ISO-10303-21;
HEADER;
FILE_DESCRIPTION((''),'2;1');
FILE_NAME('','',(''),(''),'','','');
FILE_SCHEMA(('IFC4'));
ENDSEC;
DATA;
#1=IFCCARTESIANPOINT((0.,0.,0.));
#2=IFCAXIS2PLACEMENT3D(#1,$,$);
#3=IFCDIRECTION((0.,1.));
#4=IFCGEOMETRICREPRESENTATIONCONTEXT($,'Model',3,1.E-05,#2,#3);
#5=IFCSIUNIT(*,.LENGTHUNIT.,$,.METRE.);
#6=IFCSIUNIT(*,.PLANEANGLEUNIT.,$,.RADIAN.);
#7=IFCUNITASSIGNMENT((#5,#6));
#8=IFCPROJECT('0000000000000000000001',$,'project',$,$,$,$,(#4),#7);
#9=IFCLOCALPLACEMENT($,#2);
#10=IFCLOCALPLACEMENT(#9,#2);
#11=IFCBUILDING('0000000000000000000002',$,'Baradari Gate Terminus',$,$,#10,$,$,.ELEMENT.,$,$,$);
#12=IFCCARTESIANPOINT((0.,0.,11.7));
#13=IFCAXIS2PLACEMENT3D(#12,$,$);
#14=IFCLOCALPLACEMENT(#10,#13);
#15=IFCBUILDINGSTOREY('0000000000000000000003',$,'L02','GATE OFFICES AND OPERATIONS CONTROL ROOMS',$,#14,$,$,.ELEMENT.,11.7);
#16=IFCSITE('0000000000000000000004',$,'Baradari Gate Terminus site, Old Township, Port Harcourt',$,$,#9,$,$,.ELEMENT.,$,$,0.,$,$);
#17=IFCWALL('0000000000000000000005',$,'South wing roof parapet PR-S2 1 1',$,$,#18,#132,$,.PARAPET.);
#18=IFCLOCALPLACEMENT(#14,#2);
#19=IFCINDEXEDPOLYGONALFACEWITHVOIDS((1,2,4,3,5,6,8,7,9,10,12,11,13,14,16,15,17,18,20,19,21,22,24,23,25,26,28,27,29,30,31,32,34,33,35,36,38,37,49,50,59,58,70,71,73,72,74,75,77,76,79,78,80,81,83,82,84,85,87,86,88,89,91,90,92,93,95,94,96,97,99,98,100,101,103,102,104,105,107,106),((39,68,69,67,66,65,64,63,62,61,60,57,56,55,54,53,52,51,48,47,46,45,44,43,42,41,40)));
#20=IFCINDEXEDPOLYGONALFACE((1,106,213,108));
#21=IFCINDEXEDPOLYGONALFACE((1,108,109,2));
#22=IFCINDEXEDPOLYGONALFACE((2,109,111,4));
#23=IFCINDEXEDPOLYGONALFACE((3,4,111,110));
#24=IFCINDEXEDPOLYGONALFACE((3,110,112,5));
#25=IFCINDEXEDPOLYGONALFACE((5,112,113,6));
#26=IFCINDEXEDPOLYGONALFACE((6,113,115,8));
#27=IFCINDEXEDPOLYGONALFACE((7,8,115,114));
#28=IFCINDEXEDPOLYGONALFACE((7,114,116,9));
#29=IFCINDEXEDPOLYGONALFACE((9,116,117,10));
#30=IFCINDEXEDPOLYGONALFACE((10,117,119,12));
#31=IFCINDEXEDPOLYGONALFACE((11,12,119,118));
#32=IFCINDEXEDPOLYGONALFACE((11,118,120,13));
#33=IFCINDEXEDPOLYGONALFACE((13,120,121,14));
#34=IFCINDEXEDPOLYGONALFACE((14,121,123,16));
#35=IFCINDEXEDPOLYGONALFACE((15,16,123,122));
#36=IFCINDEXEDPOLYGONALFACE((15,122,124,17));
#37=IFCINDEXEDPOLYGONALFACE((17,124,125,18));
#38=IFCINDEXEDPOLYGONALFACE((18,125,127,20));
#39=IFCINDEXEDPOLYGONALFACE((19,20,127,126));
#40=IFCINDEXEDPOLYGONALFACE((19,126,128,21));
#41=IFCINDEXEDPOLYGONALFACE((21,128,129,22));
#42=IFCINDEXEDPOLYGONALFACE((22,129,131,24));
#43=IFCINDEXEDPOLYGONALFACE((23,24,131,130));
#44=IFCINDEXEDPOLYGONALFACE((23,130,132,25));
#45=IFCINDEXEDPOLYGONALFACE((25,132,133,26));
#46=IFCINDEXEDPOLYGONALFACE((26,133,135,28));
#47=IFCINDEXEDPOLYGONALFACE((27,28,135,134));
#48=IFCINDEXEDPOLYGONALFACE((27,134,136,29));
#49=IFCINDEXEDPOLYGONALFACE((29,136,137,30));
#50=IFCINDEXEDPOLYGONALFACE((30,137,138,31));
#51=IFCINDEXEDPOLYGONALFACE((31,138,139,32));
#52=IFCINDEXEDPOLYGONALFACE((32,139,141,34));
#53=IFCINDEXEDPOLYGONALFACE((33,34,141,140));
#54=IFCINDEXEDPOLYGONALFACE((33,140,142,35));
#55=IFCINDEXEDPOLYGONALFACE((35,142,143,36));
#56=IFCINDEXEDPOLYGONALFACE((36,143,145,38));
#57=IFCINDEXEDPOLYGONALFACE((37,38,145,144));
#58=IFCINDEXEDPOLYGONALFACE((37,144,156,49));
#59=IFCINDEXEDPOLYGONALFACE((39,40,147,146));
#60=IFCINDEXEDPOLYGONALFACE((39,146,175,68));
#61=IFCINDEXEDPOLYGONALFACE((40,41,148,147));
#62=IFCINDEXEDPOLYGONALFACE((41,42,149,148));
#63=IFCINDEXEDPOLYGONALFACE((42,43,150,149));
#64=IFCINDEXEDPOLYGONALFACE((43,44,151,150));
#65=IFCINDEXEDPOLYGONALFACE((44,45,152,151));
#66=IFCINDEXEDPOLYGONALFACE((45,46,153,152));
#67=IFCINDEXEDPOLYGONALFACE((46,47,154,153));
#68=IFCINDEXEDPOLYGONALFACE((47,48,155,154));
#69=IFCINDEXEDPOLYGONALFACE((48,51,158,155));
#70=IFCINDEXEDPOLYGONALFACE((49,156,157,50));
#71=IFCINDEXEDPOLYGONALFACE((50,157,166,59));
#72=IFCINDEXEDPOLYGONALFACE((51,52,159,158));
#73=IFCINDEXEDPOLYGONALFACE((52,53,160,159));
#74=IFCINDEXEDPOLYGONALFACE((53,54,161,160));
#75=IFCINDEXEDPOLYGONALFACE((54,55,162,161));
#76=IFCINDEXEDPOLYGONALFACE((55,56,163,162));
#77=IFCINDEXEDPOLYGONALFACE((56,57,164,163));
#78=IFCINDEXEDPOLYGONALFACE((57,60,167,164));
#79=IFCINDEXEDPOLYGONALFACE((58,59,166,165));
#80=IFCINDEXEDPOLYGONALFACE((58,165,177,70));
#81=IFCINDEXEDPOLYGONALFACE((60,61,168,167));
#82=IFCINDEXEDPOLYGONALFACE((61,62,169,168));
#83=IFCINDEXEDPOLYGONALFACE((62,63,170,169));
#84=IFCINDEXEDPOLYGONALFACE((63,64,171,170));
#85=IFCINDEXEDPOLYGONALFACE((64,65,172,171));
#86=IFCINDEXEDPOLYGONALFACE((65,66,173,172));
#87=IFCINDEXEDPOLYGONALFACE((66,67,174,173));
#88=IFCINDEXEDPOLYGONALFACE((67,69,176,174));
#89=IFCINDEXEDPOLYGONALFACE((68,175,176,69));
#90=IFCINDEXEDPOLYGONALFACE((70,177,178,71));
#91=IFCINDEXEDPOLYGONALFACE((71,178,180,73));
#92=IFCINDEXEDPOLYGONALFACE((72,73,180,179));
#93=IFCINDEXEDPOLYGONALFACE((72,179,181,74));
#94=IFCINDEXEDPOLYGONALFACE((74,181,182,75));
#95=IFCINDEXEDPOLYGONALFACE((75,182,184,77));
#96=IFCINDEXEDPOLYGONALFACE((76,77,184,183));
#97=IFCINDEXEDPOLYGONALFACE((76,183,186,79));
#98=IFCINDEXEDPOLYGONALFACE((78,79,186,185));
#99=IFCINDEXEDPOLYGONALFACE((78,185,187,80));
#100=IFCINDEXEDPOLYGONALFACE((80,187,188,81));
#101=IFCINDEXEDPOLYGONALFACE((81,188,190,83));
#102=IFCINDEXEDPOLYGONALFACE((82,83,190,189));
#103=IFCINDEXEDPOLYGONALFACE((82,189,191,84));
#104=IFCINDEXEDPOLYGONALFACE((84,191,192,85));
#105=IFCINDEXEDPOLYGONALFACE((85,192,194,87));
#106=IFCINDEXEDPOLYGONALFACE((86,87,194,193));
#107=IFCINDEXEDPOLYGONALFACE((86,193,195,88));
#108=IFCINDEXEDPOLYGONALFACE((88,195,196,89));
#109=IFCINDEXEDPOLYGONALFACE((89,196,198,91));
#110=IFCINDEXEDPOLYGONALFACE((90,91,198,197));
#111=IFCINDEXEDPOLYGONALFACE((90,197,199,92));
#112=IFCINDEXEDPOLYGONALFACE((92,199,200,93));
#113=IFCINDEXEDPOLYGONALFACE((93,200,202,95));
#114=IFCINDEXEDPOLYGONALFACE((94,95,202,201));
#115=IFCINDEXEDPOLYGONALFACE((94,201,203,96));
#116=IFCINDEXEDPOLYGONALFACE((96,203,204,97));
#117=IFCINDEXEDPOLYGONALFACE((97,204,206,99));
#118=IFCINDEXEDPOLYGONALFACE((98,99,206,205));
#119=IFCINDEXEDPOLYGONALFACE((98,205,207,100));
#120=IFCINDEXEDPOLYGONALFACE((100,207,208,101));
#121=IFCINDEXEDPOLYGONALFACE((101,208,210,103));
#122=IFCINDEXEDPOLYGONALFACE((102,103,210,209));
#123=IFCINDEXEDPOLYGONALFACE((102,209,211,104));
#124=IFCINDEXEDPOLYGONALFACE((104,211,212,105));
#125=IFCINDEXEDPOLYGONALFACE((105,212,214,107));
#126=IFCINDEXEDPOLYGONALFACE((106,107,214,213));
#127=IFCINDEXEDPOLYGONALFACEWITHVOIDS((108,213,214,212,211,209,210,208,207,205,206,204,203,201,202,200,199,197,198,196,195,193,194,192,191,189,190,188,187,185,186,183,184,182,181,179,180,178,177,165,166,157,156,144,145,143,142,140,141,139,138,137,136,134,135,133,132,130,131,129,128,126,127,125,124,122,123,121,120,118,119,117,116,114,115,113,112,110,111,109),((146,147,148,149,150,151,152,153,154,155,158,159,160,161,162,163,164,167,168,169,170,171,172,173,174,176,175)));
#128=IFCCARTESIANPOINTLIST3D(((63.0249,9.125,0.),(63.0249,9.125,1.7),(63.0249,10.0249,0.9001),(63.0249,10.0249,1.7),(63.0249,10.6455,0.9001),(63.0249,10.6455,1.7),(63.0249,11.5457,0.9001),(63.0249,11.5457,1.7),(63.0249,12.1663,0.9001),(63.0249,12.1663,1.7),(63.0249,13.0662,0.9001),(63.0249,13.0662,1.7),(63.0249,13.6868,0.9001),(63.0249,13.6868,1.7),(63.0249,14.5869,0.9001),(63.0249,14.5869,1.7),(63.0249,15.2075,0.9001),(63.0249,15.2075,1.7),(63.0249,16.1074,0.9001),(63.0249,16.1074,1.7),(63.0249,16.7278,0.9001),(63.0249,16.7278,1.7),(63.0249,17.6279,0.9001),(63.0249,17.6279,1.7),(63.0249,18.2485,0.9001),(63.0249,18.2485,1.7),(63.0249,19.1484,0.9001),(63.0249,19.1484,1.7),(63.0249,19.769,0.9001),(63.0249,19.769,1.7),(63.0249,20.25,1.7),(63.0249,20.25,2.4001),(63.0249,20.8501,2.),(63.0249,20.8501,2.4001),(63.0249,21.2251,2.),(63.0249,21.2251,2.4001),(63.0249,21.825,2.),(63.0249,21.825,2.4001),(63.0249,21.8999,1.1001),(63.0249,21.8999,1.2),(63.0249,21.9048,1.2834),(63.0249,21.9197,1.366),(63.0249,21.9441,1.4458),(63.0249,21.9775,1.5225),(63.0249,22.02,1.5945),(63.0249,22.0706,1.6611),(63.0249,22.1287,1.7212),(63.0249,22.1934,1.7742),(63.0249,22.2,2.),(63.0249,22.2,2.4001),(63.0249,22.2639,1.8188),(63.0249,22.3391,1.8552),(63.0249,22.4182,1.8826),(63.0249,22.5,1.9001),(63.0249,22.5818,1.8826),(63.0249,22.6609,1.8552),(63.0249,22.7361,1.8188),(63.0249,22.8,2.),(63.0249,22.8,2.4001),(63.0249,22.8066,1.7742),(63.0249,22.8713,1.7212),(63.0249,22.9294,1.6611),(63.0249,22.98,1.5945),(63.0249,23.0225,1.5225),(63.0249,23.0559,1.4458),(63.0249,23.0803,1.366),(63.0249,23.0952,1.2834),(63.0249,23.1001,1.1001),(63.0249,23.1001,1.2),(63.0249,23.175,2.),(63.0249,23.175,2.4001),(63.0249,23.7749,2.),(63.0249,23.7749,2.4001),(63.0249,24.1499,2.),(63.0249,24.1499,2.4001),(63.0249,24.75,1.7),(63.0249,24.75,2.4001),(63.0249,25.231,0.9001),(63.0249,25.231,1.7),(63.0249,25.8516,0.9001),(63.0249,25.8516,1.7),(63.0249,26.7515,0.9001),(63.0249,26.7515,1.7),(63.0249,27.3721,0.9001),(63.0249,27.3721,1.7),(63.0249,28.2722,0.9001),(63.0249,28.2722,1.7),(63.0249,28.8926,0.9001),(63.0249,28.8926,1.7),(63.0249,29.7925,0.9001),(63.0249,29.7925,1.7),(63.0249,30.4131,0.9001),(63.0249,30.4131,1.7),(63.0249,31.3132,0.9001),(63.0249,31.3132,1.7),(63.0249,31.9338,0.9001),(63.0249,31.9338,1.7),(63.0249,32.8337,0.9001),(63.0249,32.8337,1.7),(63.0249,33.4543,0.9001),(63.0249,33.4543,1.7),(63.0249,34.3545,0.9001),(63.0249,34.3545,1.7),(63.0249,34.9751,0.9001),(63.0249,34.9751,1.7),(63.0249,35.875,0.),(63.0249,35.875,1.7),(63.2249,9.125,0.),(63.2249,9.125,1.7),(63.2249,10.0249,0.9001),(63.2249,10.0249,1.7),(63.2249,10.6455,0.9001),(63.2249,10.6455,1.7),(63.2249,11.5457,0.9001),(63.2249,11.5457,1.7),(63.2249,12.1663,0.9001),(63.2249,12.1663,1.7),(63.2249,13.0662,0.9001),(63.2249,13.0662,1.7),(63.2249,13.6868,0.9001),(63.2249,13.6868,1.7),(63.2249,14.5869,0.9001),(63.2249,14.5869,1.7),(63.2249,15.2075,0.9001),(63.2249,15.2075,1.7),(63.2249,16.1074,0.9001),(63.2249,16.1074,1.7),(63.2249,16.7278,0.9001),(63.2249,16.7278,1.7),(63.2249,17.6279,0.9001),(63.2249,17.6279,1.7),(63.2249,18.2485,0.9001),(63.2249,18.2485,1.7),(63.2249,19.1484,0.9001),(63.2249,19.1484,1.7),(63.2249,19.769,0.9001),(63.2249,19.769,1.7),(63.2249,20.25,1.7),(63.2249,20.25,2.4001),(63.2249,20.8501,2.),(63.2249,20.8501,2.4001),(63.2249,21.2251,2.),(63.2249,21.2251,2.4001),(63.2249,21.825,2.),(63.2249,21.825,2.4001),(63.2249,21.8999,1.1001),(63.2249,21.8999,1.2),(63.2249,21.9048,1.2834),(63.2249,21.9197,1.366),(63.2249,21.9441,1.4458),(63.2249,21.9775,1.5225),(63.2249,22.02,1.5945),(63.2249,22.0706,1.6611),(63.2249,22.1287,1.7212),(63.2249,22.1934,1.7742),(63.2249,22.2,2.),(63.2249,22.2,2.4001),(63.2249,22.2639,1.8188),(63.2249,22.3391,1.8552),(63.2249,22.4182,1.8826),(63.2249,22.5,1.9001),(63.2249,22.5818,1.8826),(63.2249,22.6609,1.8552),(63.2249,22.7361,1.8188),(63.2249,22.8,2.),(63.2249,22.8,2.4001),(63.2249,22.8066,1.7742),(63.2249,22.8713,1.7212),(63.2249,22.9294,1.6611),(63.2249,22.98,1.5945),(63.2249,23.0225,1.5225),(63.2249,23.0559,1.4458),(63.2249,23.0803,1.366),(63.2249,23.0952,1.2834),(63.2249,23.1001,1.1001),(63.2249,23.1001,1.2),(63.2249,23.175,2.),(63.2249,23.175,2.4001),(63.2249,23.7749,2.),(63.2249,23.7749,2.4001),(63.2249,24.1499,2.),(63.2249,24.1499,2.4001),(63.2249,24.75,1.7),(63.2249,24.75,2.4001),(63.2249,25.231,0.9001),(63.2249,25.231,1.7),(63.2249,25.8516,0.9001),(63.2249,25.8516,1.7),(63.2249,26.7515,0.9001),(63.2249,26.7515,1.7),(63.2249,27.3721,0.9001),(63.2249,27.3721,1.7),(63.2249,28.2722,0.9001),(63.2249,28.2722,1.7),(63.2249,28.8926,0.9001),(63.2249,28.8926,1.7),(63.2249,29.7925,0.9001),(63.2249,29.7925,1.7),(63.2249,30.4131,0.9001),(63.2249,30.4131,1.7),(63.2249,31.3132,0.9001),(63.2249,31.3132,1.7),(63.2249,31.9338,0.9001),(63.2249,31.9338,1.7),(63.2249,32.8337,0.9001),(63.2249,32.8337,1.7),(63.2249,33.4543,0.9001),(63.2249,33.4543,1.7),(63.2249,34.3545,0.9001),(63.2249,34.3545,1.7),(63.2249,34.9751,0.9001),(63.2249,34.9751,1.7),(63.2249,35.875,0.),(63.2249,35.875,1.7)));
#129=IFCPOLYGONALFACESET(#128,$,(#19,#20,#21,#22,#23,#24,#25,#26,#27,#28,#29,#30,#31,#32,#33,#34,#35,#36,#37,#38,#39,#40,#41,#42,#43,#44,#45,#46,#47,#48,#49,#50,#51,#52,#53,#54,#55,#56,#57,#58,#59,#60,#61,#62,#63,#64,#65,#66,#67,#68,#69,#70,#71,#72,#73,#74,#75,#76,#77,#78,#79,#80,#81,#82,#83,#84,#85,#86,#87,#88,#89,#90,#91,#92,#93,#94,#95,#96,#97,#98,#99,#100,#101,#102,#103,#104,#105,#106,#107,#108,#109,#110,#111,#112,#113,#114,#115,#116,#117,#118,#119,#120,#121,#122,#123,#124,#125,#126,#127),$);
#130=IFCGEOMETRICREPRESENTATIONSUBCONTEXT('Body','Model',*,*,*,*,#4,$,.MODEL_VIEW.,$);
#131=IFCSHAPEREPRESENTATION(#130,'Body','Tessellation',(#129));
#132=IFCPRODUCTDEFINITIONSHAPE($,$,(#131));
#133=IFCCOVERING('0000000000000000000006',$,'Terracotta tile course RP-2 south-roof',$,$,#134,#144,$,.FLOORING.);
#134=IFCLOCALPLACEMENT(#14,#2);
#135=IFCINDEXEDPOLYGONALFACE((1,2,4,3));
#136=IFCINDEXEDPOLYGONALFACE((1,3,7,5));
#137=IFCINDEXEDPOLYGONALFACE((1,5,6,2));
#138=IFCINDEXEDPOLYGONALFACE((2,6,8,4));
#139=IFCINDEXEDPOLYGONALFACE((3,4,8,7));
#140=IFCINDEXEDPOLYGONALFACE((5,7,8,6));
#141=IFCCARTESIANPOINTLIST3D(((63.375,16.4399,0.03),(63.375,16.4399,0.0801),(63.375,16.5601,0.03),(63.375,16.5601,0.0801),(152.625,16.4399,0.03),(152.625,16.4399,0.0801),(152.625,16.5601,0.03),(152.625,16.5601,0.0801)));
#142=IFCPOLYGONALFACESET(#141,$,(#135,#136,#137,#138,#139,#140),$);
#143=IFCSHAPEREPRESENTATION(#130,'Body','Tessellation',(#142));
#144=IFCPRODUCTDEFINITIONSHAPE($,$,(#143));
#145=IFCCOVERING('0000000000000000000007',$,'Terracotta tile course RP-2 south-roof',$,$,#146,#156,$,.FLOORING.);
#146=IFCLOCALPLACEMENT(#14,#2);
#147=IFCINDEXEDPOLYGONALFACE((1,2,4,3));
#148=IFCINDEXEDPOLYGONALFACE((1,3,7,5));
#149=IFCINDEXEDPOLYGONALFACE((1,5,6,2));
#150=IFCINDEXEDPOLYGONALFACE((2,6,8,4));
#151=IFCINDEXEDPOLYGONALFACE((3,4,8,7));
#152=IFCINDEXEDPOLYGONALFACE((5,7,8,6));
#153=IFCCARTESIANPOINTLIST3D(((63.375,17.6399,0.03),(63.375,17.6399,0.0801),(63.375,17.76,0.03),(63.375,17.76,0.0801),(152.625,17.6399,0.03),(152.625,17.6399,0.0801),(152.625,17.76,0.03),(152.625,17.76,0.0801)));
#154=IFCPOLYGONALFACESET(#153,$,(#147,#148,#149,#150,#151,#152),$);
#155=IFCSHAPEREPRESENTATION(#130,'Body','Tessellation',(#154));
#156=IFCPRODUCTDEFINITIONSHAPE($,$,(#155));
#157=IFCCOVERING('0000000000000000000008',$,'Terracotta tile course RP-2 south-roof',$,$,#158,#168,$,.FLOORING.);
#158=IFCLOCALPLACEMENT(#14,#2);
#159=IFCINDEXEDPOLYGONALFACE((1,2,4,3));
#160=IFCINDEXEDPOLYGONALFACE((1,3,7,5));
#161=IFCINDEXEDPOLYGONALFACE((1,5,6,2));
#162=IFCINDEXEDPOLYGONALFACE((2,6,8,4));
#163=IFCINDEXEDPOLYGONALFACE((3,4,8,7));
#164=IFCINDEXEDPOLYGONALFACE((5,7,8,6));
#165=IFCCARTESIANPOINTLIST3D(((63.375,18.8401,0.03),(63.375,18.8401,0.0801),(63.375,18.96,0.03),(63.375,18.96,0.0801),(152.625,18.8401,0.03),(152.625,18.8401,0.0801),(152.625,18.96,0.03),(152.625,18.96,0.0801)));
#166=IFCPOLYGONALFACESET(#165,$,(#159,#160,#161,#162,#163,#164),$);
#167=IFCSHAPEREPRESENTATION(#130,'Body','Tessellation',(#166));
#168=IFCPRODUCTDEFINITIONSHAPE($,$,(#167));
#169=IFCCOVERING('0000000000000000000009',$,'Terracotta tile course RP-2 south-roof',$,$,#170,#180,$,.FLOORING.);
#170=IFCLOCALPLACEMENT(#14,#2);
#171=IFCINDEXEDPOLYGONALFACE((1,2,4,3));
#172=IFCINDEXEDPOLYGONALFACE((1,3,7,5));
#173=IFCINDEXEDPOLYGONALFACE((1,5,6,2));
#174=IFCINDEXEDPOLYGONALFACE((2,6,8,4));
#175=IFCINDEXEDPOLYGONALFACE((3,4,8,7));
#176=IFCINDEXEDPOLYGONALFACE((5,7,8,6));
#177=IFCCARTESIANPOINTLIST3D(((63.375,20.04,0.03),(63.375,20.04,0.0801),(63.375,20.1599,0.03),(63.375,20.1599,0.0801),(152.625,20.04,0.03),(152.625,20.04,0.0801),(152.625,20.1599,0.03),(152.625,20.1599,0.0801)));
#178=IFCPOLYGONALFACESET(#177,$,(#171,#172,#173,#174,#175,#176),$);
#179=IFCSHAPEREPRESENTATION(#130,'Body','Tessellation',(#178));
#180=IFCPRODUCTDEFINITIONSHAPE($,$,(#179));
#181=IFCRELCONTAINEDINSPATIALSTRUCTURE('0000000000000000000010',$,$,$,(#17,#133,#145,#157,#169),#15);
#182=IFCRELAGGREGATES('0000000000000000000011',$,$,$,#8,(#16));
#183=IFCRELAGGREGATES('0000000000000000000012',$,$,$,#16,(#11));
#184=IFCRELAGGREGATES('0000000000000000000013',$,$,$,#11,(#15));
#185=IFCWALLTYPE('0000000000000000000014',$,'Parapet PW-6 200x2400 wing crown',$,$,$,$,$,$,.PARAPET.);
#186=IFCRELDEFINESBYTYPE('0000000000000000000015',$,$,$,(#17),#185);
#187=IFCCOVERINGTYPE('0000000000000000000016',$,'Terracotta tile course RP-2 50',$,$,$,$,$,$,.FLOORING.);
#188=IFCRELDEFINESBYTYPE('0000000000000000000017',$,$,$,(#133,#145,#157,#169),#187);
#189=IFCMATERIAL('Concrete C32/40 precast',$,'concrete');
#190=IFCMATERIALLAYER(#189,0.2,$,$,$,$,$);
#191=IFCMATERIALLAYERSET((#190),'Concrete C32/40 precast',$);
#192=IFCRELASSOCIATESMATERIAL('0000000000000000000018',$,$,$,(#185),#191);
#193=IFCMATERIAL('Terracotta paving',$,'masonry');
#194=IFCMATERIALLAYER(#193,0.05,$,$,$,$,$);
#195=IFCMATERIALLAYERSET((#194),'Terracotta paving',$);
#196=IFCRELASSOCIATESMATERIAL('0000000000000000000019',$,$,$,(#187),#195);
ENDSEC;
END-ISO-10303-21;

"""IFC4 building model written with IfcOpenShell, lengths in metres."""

from ifc_helpers import new_model, si_unit, direction, frame, origin, place, context, subcontext, project, spatial, polyline, outline, extrude, material, layer, layer_set, type_object, element, save


model = new_model("IFC4")

# Units and contexts
model_context = context("Model", 3, precision=1e-05, world=origin(), true_north=direction((0.0, 1.0)))
body_context = subcontext(model_context, "Body", "Model", "MODEL_VIEW")
ifc_project = project(units=[si_unit("LENGTHUNIT", "METRE"), si_unit("PLANEANGLEUNIT", "RADIAN")], contexts=[model_context])

# Site, building, storey
site_placement = place(None, origin())
site = spatial("IfcSite", under=ifc_project, at=site_placement, Name="Baradari Gate Terminus site, Old Township, Port Harcourt", CompositionType="ELEMENT", RefElevation=0.0)
building_placement = place(site_placement, origin())
building = spatial("IfcBuilding", under=site, at=building_placement, Name="Baradari Gate Terminus", CompositionType="ELEMENT")
storey_placement = place(building_placement, frame((0.0, 0.0, 11.7)))
storey = spatial("IfcBuildingStorey", under=building, at=storey_placement, Name="L02", Description="GATE OFFICES AND OPERATIONS CONTROL ROOMS", CompositionType="ELEMENT", Elevation=11.7)

# Wall
ifc_material_1 = material(Name="Concrete C32/40 precast", Category="concrete")
ifc_layer_1 = layer(ifc_material_1, 0.2)
ifc_layer_set_1 = layer_set([ifc_layer_1], Name="Concrete C32/40 precast")
wall_type = type_object("IfcWallType", Name="Parapet PW-6 200x2400 wing crown", PredefinedType="PARAPET", material=ifc_layer_set_1)
wall_placement = place(storey_placement, frame((63.125, 9.125, 0.0), z_axis=(0.0, 0.0, 1.0), x_axis=(0.0, 1.0, 0.0)))
element("IfcWall", 1, at=wall_placement, inside=storey, type_object=wall_type, Name="South wing roof parapet PR-S2 1 1", PredefinedType="PARAPET", context=body_context, shape_type="SweptSolid", body=[
    extrude(outline(polyline([(6.9824, 0.9001), (6.9824, 1.7), (6.0825, 1.7), (6.0825, 0.9001), (5.4619, 0.9001), (5.4619, 1.7), (4.5618, 1.7), (4.5618, 0.9001), (3.9412, 0.9001), (3.9412, 1.7), (3.0413, 1.7), (3.0413, 0.9001), (2.4207, 0.9001), (2.4207, 1.7), (1.5205, 1.7), (1.5205, 0.9001), (0.8999, 0.9001), (0.8999, 1.7), (0.0, 1.7), (0.0, 0.0), (26.75, 0.0), (26.75, 1.7), (25.8501, 1.7), (25.8501, 0.9001), (25.2295, 0.9001), (25.2295, 1.7), (24.3293, 1.7), (24.3293, 0.9001), (23.7087, 0.9001), (23.7087, 1.7), (22.8088, 1.7), (22.8088, 0.9001), (22.1882, 0.9001), (22.1882, 1.7), (21.2881, 1.7), (21.2881, 0.9001), (20.6675, 0.9001), (20.6675, 1.7), (19.7676, 1.7), (19.7676, 0.9001), (19.1472, 0.9001), (19.1472, 1.7), (18.2471, 1.7), (18.2471, 0.9001), (17.6265, 0.9001), (17.6265, 1.7), (16.7266, 1.7), (16.7266, 0.9001), (16.106, 0.9001), (16.106, 1.7), (15.625, 1.7), (15.625, 2.4001), (15.0249, 2.4001), (15.0249, 2.0), (14.6499, 2.0), (14.6499, 2.4001), (14.05, 2.4001), (14.05, 2.0), (13.675, 2.0), (13.675, 2.4001), (13.075, 2.4001), (13.075, 2.0), (12.7, 2.0), (12.7, 2.4001), (12.1001, 2.4001), (12.1001, 2.0), (11.7251, 2.0), (11.7251, 2.4001), (11.125, 2.4001), (11.125, 1.7), (10.644, 1.7), (10.644, 0.9001), (10.0234, 0.9001), (10.0234, 1.7), (9.1235, 1.7), (9.1235, 0.9001), (8.5029, 0.9001), (8.5029, 1.7), (7.6028, 1.7), (7.6028, 0.9001), (6.9824, 0.9001)]), holes=[polyline([(12.7749, 1.1001), (12.7749, 1.2), (12.7798, 1.2834), (12.7947, 1.366), (12.8191, 1.4458), (12.8525, 1.5225), (12.895, 1.5945), (12.9456, 1.6611), (13.0037, 1.7212), (13.0684, 1.7742), (13.1389, 1.8188), (13.2141, 1.8552), (13.2932, 1.8826), (13.375, 1.9001), (13.4568, 1.8826), (13.5359, 1.8552), (13.6111, 1.8188), (13.6816, 1.7742), (13.7463, 1.7212), (13.8044, 1.6611), (13.855, 1.5945), (13.8975, 1.5225), (13.9309, 1.4458), (13.9553, 1.366), (13.9702, 1.2834), (13.9751, 1.2), (13.9751, 1.1001), (12.7749, 1.1001)])]), frame((0.0, 0.1001, 0.0), z_axis=(0.0, -1.0, 0.0), x_axis=(1.0, 0.0, 0.0)), (0.0, 0.0, 1.0), 0.2),
])

# Coverings
ifc_material_2 = material(Name="Terracotta paving", Category="masonry")
ifc_layer_2 = layer(ifc_material_2, 0.05)
ifc_layer_set_2 = layer_set([ifc_layer_2], Name="Terracotta paving")
covering_type = type_object("IfcCoveringType", Name="Terracotta tile course RP-2 50", PredefinedType="FLOORING", material=ifc_layer_set_2)
covering_1_placement = place(storey_placement, frame((0.0, 0.0, 0.03)))
element("IfcCovering", 2, at=covering_1_placement, inside=storey, type_object=covering_type, Name="Terracotta tile course RP-2 south-roof", PredefinedType="FLOORING", context=body_context, shape_type="SweptSolid", body=[
    extrude(outline(polyline([(152.625, 16.4399), (152.625, 16.5601), (63.375, 16.5601), (63.375, 16.4399), (152.625, 16.4399)])), origin(), (0.0, 0.0, 1.0), 0.05),
])
covering_2_placement = place(storey_placement, frame((0.0, 0.0, 0.03)))
element("IfcCovering", 3, at=covering_2_placement, inside=storey, type_object=covering_type, Name="Terracotta tile course RP-2 south-roof", PredefinedType="FLOORING", context=body_context, shape_type="SweptSolid", body=[
    extrude(outline(polyline([(152.625, 17.6399), (152.625, 17.76), (63.375, 17.76), (63.375, 17.6399), (152.625, 17.6399)])), origin(), (0.0, 0.0, 1.0), 0.05),
])
covering_3_placement = place(storey_placement, frame((0.0, 0.0, 0.03)))
element("IfcCovering", 4, at=covering_3_placement, inside=storey, type_object=covering_type, Name="Terracotta tile course RP-2 south-roof", PredefinedType="FLOORING", context=body_context, shape_type="SweptSolid", body=[
    extrude(outline(polyline([(152.625, 18.8401), (152.625, 18.96), (63.375, 18.96), (63.375, 18.8401), (152.625, 18.8401)])), origin(), (0.0, 0.0, 1.0), 0.05),
])
covering_4_placement = place(storey_placement, frame((0.0, 0.0, 0.03)))
element("IfcCovering", 5, at=covering_4_placement, inside=storey, type_object=covering_type, Name="Terracotta tile course RP-2 south-roof", PredefinedType="FLOORING", context=body_context, shape_type="SweptSolid", body=[
    extrude(outline(polyline([(152.625, 20.04), (152.625, 20.1599), (63.375, 20.1599), (63.375, 20.04), (152.625, 20.04)])), origin(), (0.0, 0.0, 1.0), 0.05),
])

save(model, "model.ifc")
